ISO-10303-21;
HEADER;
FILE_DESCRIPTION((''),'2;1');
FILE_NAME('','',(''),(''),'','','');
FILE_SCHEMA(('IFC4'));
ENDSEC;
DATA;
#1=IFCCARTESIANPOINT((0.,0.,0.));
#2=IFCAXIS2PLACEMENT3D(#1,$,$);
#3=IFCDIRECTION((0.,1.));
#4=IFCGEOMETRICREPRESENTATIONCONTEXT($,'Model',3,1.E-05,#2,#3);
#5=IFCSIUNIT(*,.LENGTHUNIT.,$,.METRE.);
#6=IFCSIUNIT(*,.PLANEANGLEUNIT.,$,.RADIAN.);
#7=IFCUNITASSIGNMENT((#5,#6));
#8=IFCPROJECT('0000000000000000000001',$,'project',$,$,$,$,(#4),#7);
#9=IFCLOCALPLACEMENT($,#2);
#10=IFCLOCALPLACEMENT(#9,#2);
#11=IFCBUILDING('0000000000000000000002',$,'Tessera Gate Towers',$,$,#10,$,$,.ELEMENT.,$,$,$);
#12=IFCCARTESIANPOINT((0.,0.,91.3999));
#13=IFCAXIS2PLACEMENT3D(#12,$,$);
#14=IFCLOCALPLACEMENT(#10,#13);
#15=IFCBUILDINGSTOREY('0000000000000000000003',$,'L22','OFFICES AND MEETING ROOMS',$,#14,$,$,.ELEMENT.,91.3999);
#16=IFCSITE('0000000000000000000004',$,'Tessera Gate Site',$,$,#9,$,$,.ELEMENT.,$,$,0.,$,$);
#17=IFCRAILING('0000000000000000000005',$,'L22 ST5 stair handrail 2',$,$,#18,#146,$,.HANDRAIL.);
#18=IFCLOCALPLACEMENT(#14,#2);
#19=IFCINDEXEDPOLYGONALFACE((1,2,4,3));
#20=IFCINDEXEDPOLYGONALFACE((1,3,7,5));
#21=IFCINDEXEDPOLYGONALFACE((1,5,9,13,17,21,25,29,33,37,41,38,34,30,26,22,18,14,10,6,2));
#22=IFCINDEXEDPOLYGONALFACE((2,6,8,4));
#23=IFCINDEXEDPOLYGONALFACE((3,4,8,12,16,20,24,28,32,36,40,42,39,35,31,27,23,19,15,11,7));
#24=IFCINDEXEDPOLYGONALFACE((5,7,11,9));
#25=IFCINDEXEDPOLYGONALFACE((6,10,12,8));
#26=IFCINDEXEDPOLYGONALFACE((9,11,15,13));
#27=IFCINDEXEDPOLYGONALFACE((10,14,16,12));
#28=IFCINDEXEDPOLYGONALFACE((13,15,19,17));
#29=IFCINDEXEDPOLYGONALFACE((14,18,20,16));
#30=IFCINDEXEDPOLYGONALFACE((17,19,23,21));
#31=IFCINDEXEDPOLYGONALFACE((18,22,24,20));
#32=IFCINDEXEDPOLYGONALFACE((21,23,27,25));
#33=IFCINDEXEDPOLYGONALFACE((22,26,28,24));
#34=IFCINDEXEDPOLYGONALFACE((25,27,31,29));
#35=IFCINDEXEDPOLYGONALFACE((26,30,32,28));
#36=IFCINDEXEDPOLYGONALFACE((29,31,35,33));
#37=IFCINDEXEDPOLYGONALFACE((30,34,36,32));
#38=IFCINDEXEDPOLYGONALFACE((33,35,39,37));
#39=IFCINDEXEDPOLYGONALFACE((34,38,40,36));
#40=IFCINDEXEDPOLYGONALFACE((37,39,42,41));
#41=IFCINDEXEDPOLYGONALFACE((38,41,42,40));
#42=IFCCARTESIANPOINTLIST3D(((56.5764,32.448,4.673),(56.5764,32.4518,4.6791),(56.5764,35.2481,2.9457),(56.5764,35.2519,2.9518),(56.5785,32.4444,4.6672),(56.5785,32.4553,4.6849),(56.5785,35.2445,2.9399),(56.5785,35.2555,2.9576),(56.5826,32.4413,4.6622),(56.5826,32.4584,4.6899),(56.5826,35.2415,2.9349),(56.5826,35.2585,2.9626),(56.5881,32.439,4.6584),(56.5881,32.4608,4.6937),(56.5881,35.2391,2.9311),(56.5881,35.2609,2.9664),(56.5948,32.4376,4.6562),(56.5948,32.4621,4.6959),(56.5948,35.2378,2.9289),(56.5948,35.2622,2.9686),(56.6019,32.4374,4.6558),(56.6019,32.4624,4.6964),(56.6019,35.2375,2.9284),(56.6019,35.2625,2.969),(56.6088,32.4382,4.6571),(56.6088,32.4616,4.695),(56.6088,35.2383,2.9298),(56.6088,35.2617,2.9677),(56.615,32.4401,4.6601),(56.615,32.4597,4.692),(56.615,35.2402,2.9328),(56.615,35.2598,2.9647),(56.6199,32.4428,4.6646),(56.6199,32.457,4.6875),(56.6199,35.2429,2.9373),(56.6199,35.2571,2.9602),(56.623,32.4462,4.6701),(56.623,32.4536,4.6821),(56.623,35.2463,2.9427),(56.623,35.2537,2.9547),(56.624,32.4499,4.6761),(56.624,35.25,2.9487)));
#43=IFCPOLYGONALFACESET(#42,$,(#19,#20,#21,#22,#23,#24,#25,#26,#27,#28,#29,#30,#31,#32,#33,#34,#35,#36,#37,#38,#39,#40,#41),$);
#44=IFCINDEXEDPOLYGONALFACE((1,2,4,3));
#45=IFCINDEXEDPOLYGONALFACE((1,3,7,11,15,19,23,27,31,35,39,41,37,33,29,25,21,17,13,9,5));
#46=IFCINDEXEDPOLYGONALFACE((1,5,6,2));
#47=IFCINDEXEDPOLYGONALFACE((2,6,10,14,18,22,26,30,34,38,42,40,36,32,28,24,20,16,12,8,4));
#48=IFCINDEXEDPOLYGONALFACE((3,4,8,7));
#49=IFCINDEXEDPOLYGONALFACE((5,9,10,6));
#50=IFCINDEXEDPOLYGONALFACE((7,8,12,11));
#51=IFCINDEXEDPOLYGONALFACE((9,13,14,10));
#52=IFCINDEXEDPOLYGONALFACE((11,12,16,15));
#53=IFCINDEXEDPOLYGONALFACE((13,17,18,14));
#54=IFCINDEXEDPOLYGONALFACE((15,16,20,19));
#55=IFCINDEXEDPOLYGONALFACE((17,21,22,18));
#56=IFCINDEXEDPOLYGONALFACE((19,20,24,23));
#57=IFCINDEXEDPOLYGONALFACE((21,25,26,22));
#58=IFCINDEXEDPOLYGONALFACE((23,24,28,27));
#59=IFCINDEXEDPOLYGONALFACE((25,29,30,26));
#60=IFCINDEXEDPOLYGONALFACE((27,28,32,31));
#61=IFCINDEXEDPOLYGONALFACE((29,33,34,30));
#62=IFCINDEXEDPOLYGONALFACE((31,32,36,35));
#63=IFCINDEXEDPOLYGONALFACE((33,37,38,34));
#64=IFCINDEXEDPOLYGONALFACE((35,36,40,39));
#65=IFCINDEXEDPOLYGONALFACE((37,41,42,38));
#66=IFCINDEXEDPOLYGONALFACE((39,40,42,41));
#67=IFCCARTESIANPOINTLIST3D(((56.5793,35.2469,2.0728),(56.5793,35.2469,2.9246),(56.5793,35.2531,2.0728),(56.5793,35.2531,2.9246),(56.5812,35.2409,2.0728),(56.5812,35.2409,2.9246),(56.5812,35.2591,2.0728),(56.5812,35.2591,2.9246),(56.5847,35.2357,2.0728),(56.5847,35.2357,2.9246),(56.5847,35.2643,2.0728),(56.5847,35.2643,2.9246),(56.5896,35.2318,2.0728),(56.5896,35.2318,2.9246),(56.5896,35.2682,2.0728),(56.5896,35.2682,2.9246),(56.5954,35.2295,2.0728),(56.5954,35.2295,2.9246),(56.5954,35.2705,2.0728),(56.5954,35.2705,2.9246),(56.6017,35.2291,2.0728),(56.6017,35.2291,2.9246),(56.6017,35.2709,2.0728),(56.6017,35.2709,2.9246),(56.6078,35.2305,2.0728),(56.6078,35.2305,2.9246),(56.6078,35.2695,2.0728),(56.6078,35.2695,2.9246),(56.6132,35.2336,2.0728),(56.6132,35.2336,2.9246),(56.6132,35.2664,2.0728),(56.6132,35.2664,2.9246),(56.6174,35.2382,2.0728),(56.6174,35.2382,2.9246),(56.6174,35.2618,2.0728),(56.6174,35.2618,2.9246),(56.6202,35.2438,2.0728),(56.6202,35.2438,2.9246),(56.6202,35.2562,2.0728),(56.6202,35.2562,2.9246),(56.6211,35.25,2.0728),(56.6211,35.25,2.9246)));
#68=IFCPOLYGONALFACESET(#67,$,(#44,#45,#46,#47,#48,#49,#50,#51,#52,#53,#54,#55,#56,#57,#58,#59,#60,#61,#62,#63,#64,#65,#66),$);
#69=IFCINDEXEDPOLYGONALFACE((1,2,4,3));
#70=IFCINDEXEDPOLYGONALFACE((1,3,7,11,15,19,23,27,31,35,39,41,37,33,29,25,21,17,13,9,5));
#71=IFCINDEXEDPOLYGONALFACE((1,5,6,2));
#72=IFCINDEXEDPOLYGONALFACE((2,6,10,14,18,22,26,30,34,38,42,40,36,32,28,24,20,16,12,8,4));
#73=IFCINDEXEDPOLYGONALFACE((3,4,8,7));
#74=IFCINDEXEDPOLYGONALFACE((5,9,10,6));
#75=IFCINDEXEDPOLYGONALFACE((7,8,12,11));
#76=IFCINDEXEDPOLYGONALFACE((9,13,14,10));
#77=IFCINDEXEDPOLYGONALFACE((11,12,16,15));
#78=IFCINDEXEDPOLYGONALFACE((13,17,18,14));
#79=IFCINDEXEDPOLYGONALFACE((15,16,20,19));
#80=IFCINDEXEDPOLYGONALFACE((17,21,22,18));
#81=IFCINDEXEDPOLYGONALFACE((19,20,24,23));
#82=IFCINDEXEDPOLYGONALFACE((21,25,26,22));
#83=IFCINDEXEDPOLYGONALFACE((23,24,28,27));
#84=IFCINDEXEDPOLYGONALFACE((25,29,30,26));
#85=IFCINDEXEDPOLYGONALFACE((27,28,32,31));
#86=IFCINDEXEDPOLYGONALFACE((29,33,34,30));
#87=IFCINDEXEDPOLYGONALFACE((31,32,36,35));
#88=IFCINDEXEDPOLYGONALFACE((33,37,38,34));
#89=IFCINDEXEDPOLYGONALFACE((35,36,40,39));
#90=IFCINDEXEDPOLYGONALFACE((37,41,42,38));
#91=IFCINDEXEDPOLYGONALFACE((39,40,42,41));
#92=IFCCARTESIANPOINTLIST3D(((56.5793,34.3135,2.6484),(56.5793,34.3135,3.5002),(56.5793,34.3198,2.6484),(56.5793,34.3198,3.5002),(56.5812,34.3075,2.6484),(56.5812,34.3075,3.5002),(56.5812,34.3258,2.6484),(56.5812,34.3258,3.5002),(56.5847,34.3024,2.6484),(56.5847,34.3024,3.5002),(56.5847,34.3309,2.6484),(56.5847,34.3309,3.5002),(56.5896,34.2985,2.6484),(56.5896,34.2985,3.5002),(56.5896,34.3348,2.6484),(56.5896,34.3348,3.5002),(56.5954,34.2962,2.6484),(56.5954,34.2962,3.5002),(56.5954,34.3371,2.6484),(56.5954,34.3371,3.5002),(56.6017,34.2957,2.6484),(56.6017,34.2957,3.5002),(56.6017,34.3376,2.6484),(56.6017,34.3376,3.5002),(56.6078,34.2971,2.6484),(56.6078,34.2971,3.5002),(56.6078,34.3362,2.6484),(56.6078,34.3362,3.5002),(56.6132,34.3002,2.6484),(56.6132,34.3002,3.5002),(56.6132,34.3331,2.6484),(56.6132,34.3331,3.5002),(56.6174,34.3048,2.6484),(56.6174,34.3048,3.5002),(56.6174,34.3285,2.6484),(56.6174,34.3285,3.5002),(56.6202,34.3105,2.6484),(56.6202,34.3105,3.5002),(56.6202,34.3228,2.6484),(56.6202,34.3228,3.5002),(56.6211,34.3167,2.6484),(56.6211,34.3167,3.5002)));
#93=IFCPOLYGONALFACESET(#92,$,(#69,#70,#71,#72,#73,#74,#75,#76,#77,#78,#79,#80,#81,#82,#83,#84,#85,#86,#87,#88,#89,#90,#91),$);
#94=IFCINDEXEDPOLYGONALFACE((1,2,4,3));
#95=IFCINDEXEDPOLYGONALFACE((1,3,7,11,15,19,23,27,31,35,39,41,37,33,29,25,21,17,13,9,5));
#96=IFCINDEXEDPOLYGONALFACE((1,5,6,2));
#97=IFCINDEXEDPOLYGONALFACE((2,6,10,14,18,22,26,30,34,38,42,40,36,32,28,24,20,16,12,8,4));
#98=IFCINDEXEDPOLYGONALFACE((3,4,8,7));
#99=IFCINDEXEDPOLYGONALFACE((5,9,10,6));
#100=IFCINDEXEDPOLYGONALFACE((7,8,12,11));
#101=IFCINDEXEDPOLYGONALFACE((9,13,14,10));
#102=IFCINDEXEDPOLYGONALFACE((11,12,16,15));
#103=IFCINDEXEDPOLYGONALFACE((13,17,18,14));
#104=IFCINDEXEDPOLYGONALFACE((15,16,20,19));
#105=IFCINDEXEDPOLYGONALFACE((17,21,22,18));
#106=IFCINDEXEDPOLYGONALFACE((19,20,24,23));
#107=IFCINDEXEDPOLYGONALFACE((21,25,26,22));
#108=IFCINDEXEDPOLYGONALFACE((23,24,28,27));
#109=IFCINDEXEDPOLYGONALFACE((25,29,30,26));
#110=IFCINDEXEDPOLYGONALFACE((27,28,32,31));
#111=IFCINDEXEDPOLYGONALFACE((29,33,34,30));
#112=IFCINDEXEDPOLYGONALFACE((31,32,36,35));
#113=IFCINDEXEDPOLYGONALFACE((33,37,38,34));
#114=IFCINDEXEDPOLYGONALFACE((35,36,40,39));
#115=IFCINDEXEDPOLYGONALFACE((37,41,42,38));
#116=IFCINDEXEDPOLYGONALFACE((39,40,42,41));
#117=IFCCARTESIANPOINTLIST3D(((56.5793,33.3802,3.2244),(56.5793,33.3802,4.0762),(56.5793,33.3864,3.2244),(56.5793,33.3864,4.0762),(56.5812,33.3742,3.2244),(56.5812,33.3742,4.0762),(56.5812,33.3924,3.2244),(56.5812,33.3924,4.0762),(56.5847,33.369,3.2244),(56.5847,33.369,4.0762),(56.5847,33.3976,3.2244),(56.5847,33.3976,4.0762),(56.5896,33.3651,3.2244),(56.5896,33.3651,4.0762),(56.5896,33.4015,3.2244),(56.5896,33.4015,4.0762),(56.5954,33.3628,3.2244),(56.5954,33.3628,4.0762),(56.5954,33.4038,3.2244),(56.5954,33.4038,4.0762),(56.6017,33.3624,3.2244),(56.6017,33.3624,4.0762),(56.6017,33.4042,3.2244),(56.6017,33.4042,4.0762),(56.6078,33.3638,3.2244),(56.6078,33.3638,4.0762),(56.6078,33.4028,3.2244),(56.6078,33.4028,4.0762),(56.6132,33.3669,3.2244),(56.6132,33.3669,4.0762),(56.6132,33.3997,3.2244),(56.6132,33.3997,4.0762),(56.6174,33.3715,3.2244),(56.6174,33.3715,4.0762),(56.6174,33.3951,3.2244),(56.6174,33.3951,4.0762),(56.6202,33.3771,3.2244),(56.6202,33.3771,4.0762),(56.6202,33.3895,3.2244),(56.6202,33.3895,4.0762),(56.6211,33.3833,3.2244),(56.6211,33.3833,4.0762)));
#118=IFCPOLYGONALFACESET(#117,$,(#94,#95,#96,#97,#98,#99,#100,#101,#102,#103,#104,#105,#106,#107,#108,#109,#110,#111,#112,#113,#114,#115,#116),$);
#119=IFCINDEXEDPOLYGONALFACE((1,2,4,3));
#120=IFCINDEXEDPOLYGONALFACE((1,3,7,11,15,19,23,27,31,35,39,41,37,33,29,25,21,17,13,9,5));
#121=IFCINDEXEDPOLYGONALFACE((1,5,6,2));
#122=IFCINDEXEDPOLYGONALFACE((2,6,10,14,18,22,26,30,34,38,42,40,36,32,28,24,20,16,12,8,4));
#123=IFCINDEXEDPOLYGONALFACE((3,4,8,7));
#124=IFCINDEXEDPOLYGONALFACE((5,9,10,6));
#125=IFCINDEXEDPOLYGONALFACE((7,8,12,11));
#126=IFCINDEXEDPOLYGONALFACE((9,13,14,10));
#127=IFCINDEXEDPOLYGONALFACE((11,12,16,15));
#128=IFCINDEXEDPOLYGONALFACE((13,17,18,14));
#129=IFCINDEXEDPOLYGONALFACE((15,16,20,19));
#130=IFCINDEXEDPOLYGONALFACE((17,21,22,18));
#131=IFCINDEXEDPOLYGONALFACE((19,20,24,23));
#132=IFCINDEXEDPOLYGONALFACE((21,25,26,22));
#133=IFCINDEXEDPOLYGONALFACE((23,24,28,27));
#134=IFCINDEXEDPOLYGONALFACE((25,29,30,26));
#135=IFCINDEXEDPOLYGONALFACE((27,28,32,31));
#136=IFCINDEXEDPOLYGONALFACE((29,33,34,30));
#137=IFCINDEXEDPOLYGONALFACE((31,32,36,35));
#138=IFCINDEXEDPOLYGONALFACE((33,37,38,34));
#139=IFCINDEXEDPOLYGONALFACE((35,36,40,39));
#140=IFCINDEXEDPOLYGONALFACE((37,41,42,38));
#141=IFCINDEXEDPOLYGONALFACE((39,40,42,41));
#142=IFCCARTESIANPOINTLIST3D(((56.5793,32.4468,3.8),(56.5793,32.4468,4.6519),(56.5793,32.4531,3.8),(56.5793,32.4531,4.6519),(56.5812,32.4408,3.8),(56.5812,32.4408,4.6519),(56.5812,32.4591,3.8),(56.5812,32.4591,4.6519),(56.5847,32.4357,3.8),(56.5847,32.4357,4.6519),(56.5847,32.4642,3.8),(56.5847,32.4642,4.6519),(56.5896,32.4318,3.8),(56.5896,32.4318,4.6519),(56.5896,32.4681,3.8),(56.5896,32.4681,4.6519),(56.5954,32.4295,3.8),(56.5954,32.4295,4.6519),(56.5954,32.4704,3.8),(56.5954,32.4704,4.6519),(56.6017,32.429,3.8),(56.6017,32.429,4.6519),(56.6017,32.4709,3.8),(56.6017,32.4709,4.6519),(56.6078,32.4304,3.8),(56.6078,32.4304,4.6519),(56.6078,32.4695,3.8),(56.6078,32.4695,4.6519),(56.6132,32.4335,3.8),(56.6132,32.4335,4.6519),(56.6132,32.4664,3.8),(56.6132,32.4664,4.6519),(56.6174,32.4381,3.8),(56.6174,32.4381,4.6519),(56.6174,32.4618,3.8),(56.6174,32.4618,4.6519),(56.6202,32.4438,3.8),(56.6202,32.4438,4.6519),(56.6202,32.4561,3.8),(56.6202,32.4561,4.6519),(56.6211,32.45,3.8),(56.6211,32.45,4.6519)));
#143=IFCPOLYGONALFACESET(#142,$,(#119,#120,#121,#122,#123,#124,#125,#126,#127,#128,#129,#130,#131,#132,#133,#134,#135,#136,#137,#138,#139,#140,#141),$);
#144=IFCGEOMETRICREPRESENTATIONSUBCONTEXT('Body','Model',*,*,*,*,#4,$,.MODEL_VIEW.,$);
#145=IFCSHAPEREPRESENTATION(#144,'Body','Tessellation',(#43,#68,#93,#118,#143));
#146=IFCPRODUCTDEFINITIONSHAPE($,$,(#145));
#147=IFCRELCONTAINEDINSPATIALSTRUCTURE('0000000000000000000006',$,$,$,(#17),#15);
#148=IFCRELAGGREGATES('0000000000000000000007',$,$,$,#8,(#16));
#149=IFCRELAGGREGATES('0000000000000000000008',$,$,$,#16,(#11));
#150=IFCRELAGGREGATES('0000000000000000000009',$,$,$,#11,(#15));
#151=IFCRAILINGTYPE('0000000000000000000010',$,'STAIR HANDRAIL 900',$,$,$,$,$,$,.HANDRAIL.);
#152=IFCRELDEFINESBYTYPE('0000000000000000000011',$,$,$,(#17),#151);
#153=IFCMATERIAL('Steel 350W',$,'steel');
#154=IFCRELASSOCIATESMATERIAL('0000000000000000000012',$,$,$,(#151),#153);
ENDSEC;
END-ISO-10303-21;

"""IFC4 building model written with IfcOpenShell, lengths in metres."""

from ifc_helpers import new_model, si_unit, direction, frame, origin, origin_2d, place, context, subcontext, project, spatial, circle, extrude, material, type_object, element, save


model = new_model("IFC4")

# Units and contexts
model_context = context("Model", 3, precision=1e-05, world=origin(), true_north=direction((0.0, 1.0)))
body_context = subcontext(model_context, "Body", "Model", "MODEL_VIEW")
ifc_project = project(units=[si_unit("LENGTHUNIT", "METRE"), si_unit("PLANEANGLEUNIT", "RADIAN")], contexts=[model_context])

# Site, building, storey
site_placement = place(None, origin())
site = spatial("IfcSite", under=ifc_project, at=site_placement, Name="Tessera Gate Site", CompositionType="ELEMENT", RefElevation=0.0)
building_placement = place(site_placement, origin())
building = spatial("IfcBuilding", under=site, at=building_placement, Name="Tessera Gate Towers", CompositionType="ELEMENT")
storey_placement = place(building_placement, frame((0.0, 0.0, 91.3999)))
storey = spatial("IfcBuildingStorey", under=building, at=storey_placement, Name="L22", Description="OFFICES AND MEETING ROOMS", CompositionType="ELEMENT", Elevation=91.3999)

# Railing
ifc_material_1 = material(Name="Steel 350W", Category="steel")
railing_type_1 = type_object("IfcRailingType", Name="STAIR HANDRAIL 900", PredefinedType="HANDRAIL", material=ifc_material_1)
railing_1_placement = place(storey_placement, frame((56.6001, 35.25, 2.0728)))
element("IfcRailing", 1, at=railing_1_placement, inside=storey, type_object=railing_type_1, Name="L22 ST5 stair handrail 2", PredefinedType="HANDRAIL", context=body_context, shape_type="SweptSolid", body=[
    extrude(circle(Radius=0.0239, at=origin_2d()), frame((0.0, 0.0, 0.876), z_axis=(0.0, -0.85109, 0.52502), x_axis=(1.0, 0.0, 0.0)), (0.0, 0.0, 1.0), 3.29),
    extrude(circle(Radius=0.021, at=origin_2d()), origin(), (0.0, 0.0, 1.0), 0.8518),
    extrude(circle(Radius=0.021, at=origin_2d()), frame((0.0, -0.9333, 0.5757)), (0.0, 0.0, 1.0), 0.8518),
    extrude(circle(Radius=0.021, at=origin_2d()), frame((0.0, -1.8667, 1.1516)), (0.0, 0.0, 1.0), 0.8518),
    extrude(circle(Radius=0.021, at=origin_2d()), frame((0.0, -2.8, 1.7273)), (0.0, 0.0, 1.0), 0.8518),
])

save(model, "model.ifc")
